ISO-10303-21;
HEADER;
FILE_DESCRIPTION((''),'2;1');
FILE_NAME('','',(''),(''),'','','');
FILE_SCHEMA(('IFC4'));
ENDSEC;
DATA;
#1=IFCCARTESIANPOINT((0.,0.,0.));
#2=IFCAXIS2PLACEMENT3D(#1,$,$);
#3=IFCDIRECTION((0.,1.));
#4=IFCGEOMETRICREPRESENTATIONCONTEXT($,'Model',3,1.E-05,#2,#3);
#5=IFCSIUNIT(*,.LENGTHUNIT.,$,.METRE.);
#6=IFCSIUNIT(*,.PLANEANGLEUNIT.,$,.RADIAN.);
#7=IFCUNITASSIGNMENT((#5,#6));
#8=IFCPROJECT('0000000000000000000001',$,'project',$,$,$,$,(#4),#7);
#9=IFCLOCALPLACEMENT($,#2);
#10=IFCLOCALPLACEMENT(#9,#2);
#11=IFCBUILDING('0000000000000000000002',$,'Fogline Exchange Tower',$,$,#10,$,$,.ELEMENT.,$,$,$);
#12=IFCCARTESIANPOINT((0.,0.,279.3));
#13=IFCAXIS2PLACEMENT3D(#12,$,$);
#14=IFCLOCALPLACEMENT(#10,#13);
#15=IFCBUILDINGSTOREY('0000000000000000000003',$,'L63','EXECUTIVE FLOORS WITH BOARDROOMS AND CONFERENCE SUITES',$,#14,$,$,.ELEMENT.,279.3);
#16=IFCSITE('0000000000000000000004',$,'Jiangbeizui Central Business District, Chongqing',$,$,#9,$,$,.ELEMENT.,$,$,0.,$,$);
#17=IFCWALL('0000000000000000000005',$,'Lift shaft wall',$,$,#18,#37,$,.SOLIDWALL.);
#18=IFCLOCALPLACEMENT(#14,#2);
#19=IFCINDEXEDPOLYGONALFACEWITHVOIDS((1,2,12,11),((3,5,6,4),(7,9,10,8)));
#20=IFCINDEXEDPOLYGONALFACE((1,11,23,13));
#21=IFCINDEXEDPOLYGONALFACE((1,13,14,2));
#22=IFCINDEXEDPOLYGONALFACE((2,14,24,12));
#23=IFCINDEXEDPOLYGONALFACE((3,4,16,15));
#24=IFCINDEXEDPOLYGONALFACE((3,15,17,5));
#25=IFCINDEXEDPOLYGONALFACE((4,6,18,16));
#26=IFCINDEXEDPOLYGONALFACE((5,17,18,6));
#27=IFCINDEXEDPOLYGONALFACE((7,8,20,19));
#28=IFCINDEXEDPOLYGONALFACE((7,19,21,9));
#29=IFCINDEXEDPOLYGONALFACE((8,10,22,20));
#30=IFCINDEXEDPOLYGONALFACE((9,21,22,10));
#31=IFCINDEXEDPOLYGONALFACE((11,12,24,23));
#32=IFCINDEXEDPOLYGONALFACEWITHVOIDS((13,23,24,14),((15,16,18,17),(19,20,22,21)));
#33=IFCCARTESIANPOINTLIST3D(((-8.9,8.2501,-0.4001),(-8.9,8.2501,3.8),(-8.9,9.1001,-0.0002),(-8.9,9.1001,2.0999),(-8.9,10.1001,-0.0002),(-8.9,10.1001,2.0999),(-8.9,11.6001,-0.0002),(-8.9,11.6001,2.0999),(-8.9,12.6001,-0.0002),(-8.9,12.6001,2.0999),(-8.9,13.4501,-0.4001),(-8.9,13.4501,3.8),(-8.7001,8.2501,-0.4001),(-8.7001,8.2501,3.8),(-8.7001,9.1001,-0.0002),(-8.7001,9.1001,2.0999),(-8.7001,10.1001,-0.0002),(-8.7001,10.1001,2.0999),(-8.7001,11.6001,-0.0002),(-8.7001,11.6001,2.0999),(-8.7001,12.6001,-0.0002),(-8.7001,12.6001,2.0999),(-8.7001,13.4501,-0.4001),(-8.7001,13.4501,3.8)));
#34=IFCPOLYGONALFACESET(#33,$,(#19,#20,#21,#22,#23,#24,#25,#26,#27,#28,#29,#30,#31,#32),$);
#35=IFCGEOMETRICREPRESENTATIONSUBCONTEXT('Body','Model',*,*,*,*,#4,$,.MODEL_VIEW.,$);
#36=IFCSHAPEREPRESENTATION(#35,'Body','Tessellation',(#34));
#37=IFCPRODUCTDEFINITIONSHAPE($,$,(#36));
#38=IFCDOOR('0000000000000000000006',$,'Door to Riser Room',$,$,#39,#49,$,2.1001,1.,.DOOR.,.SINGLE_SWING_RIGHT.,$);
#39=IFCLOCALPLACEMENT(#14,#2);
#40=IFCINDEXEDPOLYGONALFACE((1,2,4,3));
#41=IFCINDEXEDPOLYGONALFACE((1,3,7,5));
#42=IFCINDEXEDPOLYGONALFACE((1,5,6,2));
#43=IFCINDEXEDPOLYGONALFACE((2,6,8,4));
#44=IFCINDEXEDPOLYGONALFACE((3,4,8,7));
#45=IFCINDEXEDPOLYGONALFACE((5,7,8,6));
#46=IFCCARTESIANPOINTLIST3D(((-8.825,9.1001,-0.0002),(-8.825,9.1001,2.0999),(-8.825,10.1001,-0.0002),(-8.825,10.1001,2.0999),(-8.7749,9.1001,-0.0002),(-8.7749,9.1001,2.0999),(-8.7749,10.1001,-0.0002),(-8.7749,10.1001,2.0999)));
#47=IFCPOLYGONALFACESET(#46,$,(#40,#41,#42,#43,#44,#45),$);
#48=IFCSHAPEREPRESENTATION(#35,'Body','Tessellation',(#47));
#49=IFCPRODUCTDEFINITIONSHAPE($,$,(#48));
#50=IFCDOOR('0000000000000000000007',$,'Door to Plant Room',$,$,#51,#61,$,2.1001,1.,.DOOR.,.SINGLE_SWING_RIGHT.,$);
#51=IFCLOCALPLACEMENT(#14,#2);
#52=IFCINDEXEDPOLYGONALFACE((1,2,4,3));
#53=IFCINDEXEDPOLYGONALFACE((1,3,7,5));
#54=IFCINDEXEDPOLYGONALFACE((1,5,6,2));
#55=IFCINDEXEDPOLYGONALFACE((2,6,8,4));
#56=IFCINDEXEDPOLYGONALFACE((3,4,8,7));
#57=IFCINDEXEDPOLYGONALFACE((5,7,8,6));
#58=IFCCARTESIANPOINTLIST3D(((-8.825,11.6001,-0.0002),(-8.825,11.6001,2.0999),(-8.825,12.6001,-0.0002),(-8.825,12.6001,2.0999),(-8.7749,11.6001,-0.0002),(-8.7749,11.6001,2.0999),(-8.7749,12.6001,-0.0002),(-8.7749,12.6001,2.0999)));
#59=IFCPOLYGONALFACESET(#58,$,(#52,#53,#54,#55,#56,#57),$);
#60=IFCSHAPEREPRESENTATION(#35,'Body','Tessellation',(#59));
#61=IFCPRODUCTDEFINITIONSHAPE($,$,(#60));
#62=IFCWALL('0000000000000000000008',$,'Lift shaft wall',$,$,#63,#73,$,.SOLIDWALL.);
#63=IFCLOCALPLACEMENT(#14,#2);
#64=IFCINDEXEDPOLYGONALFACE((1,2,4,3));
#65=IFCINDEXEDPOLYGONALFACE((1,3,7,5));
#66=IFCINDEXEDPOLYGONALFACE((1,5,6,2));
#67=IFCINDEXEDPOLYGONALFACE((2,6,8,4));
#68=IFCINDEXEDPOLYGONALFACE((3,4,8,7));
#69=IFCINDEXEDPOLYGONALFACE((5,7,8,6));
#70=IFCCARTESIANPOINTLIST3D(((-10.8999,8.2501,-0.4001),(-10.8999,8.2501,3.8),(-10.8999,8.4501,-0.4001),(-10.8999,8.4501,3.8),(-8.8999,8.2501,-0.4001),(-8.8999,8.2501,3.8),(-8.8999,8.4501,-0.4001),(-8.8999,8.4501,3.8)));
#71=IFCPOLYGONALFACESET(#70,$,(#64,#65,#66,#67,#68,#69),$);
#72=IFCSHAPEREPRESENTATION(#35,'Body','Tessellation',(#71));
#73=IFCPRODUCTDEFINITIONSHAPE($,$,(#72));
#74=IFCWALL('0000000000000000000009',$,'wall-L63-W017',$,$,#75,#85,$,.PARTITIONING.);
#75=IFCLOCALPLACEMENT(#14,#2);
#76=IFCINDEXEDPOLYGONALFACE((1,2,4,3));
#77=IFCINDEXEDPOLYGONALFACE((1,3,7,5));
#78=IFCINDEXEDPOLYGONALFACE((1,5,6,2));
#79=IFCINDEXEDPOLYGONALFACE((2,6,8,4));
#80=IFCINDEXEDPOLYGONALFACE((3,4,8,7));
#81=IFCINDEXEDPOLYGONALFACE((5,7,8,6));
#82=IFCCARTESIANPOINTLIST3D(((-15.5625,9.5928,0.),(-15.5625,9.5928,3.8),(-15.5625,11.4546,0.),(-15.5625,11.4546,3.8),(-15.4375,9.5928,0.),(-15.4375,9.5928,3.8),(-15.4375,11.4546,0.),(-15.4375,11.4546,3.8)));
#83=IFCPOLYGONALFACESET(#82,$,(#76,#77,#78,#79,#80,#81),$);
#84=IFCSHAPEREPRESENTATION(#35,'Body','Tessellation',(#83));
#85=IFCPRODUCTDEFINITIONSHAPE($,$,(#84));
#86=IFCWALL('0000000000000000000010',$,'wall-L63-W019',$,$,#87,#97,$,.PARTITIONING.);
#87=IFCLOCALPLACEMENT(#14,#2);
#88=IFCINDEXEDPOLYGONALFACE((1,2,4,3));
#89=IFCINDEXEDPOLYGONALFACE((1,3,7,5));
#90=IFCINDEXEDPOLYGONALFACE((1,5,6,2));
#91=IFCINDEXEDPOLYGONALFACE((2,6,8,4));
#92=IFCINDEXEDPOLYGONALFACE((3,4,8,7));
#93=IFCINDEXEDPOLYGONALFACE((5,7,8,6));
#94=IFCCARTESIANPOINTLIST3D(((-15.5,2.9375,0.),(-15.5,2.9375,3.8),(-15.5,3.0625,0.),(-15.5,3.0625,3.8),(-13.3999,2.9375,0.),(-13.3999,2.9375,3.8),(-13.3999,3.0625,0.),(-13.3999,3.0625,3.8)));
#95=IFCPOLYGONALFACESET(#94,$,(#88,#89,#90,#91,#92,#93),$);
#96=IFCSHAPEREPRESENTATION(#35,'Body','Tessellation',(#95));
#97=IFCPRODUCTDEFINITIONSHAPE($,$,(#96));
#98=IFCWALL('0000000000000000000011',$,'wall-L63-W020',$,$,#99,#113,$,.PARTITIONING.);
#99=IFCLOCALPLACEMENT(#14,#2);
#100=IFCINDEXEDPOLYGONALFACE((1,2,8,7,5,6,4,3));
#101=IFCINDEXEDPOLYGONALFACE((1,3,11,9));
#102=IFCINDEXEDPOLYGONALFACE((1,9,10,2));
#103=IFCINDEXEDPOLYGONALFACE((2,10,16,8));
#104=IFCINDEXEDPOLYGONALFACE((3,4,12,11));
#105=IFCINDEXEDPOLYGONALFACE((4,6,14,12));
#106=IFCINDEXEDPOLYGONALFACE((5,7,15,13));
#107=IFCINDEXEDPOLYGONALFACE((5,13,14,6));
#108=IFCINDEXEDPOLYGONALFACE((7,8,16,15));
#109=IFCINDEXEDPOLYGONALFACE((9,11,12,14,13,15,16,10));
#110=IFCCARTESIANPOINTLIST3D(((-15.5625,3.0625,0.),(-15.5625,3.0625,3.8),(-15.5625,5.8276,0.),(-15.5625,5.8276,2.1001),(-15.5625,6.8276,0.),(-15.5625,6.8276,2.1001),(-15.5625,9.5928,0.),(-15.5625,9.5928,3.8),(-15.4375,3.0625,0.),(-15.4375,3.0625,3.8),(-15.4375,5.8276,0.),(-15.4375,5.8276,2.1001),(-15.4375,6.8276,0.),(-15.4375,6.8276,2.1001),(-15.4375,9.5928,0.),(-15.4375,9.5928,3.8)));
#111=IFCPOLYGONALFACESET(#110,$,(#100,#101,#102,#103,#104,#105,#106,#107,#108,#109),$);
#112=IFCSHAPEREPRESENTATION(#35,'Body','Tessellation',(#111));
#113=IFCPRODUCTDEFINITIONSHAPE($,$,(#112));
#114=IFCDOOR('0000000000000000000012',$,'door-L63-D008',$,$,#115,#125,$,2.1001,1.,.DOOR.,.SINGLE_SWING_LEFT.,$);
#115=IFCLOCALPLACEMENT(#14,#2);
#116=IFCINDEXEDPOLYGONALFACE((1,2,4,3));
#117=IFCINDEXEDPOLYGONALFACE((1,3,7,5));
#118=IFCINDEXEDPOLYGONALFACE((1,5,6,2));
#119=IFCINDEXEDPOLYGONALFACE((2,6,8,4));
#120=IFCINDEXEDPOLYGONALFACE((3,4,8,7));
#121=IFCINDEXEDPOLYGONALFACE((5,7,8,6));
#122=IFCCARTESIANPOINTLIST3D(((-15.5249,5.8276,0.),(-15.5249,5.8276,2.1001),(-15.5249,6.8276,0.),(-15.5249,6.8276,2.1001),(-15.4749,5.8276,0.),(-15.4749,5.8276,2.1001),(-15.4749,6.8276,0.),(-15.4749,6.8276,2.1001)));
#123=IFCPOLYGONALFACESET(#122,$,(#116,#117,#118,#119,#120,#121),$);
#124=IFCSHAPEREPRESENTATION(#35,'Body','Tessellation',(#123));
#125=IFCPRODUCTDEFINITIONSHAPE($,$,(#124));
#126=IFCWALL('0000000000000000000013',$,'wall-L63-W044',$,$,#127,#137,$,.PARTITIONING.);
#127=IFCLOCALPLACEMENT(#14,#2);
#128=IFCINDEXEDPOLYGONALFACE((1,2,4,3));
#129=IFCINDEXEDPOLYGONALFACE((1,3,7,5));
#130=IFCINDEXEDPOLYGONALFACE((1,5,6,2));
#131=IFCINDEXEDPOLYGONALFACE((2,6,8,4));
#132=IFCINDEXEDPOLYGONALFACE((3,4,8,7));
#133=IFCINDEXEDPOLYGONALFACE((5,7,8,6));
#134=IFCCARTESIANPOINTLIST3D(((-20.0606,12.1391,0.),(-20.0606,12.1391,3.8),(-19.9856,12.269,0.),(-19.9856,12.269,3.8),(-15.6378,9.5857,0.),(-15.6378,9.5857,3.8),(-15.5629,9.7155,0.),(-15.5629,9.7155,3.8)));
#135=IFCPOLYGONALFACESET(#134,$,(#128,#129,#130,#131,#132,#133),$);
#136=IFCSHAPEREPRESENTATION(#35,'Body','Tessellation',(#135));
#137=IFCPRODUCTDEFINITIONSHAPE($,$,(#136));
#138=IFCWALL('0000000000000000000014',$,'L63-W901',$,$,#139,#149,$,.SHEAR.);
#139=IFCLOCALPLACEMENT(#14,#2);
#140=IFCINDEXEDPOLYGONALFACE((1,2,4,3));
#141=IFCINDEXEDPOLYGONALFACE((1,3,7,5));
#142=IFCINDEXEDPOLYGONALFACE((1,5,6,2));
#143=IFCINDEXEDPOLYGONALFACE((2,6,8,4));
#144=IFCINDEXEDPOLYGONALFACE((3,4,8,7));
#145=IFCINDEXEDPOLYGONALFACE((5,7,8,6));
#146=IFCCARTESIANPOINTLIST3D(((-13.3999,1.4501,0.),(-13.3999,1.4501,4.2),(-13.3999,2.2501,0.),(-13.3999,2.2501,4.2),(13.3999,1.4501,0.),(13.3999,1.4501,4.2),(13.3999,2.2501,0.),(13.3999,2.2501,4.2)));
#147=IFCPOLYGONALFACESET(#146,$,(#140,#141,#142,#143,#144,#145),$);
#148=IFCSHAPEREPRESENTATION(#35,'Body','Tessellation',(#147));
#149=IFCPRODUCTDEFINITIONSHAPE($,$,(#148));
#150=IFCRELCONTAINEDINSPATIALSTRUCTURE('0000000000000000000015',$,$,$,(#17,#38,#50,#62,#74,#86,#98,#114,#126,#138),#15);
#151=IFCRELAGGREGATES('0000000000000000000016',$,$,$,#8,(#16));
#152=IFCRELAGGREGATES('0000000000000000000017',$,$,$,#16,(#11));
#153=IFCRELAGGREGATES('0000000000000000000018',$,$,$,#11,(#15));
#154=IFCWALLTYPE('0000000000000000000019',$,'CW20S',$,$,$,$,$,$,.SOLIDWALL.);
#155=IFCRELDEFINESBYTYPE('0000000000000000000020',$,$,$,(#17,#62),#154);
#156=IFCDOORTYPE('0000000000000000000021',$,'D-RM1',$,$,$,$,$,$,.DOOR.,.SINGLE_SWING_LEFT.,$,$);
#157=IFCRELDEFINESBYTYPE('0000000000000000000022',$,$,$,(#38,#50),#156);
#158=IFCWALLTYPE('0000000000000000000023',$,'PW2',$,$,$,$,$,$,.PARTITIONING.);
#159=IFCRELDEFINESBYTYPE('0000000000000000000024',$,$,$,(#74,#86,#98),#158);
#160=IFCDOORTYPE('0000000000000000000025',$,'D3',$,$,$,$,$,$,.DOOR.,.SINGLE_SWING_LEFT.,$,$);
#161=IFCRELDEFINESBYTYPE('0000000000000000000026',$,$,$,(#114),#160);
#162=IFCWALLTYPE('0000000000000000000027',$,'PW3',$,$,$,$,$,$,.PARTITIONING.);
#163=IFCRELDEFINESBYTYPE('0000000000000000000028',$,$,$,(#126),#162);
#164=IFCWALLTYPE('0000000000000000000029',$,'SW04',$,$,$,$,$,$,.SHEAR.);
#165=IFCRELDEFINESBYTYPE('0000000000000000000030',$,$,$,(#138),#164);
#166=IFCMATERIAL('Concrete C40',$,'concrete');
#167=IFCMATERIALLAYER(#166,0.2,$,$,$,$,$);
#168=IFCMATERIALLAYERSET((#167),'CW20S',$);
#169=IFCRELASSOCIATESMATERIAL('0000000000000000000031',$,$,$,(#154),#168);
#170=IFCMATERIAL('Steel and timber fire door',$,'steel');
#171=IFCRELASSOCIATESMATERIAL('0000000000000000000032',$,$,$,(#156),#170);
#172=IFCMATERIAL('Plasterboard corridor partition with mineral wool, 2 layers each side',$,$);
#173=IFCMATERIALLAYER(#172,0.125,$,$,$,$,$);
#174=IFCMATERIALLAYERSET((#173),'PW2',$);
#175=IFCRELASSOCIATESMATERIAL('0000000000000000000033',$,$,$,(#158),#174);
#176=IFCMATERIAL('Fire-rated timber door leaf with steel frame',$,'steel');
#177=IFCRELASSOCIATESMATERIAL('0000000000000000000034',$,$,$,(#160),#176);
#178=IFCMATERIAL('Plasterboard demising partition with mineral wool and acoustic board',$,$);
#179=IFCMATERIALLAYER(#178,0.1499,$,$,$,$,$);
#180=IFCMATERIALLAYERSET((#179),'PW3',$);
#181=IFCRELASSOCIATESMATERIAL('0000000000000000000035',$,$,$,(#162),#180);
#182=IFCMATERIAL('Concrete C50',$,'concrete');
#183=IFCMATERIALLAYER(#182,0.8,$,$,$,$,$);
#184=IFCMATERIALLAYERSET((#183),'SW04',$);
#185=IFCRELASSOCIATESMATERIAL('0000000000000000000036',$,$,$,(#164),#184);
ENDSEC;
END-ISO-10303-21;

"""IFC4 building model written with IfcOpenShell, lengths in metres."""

from ifc_helpers import new_model, si_unit, direction, frame, frame_2d, origin, place, context, subcontext, project, spatial, rectangle, extrude, material, layer, layer_set, type_object, element, fill, save


model = new_model("IFC4")

# Units and contexts
model_context = context("Model", 3, precision=1e-05, world=origin(), true_north=direction((0.0, 1.0)))
body_context = subcontext(model_context, "Body", "Model", "MODEL_VIEW")
ifc_project = project(units=[si_unit("LENGTHUNIT", "METRE"), si_unit("PLANEANGLEUNIT", "RADIAN")], contexts=[model_context])

# Site, building, storey
site_placement = place(None, origin())
site = spatial("IfcSite", under=ifc_project, at=site_placement, Name="Jiangbeizui Central Business District, Chongqing", CompositionType="ELEMENT", RefElevation=0.0)
building_placement = place(site_placement, origin())
building = spatial("IfcBuilding", under=site, at=building_placement, Name="Fogline Exchange Tower", CompositionType="ELEMENT")
storey_placement = place(building_placement, frame((0.0, 0.0, 279.3)))
storey = spatial("IfcBuildingStorey", under=building, at=storey_placement, Name="L63", Description="EXECUTIVE FLOORS WITH BOARDROOMS AND CONFERENCE SUITES", CompositionType="ELEMENT", Elevation=279.3)

# Shared definitions
ifc_material_1 = material(Name="Concrete C40", Category="concrete")

# Shared definitions
ifc_material_2 = material(Name="Steel and timber fire door", Category="steel")

# Wall, openings, doors
ifc_layer_1 = layer(ifc_material_1, 0.2)
ifc_layer_set_1 = layer_set([ifc_layer_1], Name="CW20S")
wall_type_1 = type_object("IfcWallType", Name="CW20S", PredefinedType="SOLIDWALL", material=ifc_layer_set_1)
wall_1_placement = place(storey_placement, frame((-8.8, 8.25, -0.4001), z_axis=(0.0, 0.0, 1.0), x_axis=(0.0, 1.0, 0.0)))
wall_1 = element("IfcWall", 1, at=wall_1_placement, inside=storey, type_object=wall_type_1, Name="Lift shaft wall", PredefinedType="SOLIDWALL", context=body_context, shape_type="SweptSolid", body=[
    extrude(rectangle(XDim=5.2, YDim=0.2, at=frame_2d((2.6001, 0.0))), origin(), (0.0, 0.0, 1.0), 4.2002),
])
opening_1_placement = place(wall_1_placement, frame((0.8501, 0.0, 0.3999)))
opening_1 = element("IfcOpeningElement", 2, at=opening_1_placement, cuts=wall_1, PredefinedType="OPENING", context=body_context, shape_type="SweptSolid", body=[
    extrude(rectangle(XDim=1.0, YDim=2.1001, at=frame_2d((0.5, 1.05))), frame((0.0, 0.1099, 0.0), z_axis=(0.0, -1.0, 0.0), x_axis=(1.0, 0.0, 0.0)), (0.0, 0.0, 1.0), 0.22),
])
opening_2_placement = place(wall_1_placement, frame((3.3501, 0.0, 0.3999)))
opening_2 = element("IfcOpeningElement", 3, at=opening_2_placement, cuts=wall_1, PredefinedType="OPENING", context=body_context, shape_type="SweptSolid", body=[
    extrude(rectangle(XDim=1.0, YDim=2.1001, at=frame_2d((0.5, 1.05))), frame((0.0, 0.1099, 0.0), z_axis=(0.0, -1.0, 0.0), x_axis=(1.0, 0.0, 0.0)), (0.0, 0.0, 1.0), 0.22),
])
door_type_1 = type_object("IfcDoorType", Name="D-RM1", OperationType="SINGLE_SWING_LEFT", PredefinedType="DOOR", material=ifc_material_2)
door_1_placement = place(opening_1_placement, origin())
door_1 = element("IfcDoor", 4, at=door_1_placement, inside=storey, type_object=door_type_1, Name="Door to Riser Room", OperationType="SINGLE_SWING_RIGHT", OverallHeight=2.1001, OverallWidth=1.0, PredefinedType="DOOR", context=body_context, shape_type="SweptSolid", body=[
    extrude(rectangle(XDim=1.0, YDim=2.1001, at=frame_2d((0.5, 1.05))), frame((0.0, 0.0249, 0.0), z_axis=(0.0, -1.0, 0.0), x_axis=(1.0, 0.0, 0.0)), (0.0, 0.0, 1.0), 0.05),
])
fill(opening_1, door_1)
door_2_placement = place(opening_2_placement, origin())
door_2 = element("IfcDoor", 5, at=door_2_placement, inside=storey, type_object=door_type_1, Name="Door to Plant Room", OperationType="SINGLE_SWING_RIGHT", OverallHeight=2.1001, OverallWidth=1.0, PredefinedType="DOOR", context=body_context, shape_type="SweptSolid", body=[
    extrude(rectangle(XDim=1.0, YDim=2.1001, at=frame_2d((0.5, 1.05))), frame((0.0, 0.0249, 0.0), z_axis=(0.0, -1.0, 0.0), x_axis=(1.0, 0.0, 0.0)), (0.0, 0.0, 1.0), 0.05),
])
fill(opening_2, door_2)

# Walls
wall_2_placement = place(storey_placement, frame((-10.8999, 8.3501, -0.4001), z_axis=(0.0, 0.0, 1.0), x_axis=(1.0, 0.0, 0.0)))
element("IfcWall", 6, at=wall_2_placement, inside=storey, type_object=wall_type_1, Name="Lift shaft wall", PredefinedType="SOLIDWALL", context=body_context, shape_type="SweptSolid", body=[
    extrude(rectangle(XDim=2.0, YDim=0.2, at=frame_2d((1.0, 0.0))), origin(), (0.0, 0.0, 1.0), 4.2002),
])
ifc_material_3 = material(Name="Plasterboard corridor partition with mineral wool, 2 layers each side")
ifc_layer_2 = layer(ifc_material_3, 0.125)
ifc_layer_set_2 = layer_set([ifc_layer_2], Name="PW2")
wall_type_2 = type_object("IfcWallType", Name="PW2", PredefinedType="PARTITIONING", material=ifc_layer_set_2)
wall_3_placement = place(storey_placement, frame((-15.5, 9.5928, 0.0), z_axis=(0.0, 0.0, 1.0), x_axis=(0.0, 1.0, 0.0)))
element("IfcWall", 7, at=wall_3_placement, inside=storey, type_object=wall_type_2, Name="wall-L63-W017", PredefinedType="PARTITIONING", context=body_context, shape_type="SweptSolid", body=[
    extrude(rectangle(XDim=1.8618, YDim=0.125, at=frame_2d((0.9309, 0.0))), origin(), (0.0, 0.0, 1.0), 3.8),
])
wall_4_placement = place(storey_placement, frame((-13.3999, 3.0, 0.0), z_axis=(0.0, 0.0, 1.0), x_axis=(-1.0, 0.0, 0.0)))
element("IfcWall", 8, at=wall_4_placement, inside=storey, type_object=wall_type_2, Name="wall-L63-W019", PredefinedType="PARTITIONING", context=body_context, shape_type="SweptSolid", body=[
    extrude(rectangle(XDim=2.1001, YDim=0.125, at=frame_2d((1.05, 0.0))), origin(), (0.0, 0.0, 1.0), 3.8),
])

# Wall, opening, door
wall_5_placement = place(storey_placement, frame((-15.5, 3.0625, 0.0), z_axis=(0.0, 0.0, 1.0), x_axis=(0.0, 1.0, 0.0)))
wall_5 = element("IfcWall", 9, at=wall_5_placement, inside=storey, type_object=wall_type_2, Name="wall-L63-W020", PredefinedType="PARTITIONING", context=body_context, shape_type="SweptSolid", body=[
    extrude(rectangle(XDim=6.5303, YDim=0.125, at=frame_2d((3.2651, 0.0))), origin(), (0.0, 0.0, 1.0), 3.8),
])
opening_3_placement = place(wall_5_placement, frame((2.7651, 0.0, 0.0)))
opening_3 = element("IfcOpeningElement", 10, at=opening_3_placement, cuts=wall_5, PredefinedType="OPENING", context=body_context, shape_type="SweptSolid", body=[
    extrude(rectangle(XDim=1.0, YDim=2.1001, at=frame_2d((0.5, 1.05))), frame((0.0, 0.0725, 0.0), z_axis=(0.0, -1.0, 0.0), x_axis=(1.0, 0.0, 0.0)), (0.0, 0.0, 1.0), 0.145),
])
ifc_material_4 = material(Name="Fire-rated timber door leaf with steel frame", Category="steel")
door_type_2 = type_object("IfcDoorType", Name="D3", OperationType="SINGLE_SWING_LEFT", PredefinedType="DOOR", material=ifc_material_4)
door_3_placement = place(opening_3_placement, origin())
door_3 = element("IfcDoor", 11, at=door_3_placement, inside=storey, type_object=door_type_2, Name="door-L63-D008", OperationType="SINGLE_SWING_LEFT", OverallHeight=2.1001, OverallWidth=1.0, PredefinedType="DOOR", context=body_context, shape_type="SweptSolid", body=[
    extrude(rectangle(XDim=1.0, YDim=2.1001, at=frame_2d((0.5, 1.05))), frame((0.0, 0.0249, 0.0), z_axis=(0.0, -1.0, 0.0), x_axis=(1.0, 0.0, 0.0)), (0.0, 0.0, 1.0), 0.05),
])
fill(opening_3, door_3)

# Walls
ifc_material_5 = material(Name="Plasterboard demising partition with mineral wool and acoustic board")
ifc_layer_3 = layer(ifc_material_5, 0.1499)
ifc_layer_set_3 = layer_set([ifc_layer_3], Name="PW3")
wall_type_3 = type_object("IfcWallType", Name="PW3", PredefinedType="PARTITIONING", material=ifc_layer_set_3)
wall_6_placement = place(storey_placement, frame((-15.6003, 9.6506, 0.0), z_axis=(0.0, 0.0, 1.0), x_axis=(-0.866031, 0.49999, 0.0)))
element("IfcWall", 12, at=wall_6_placement, inside=storey, type_object=wall_type_3, Name="wall-L63-W044", PredefinedType="PARTITIONING", context=body_context, shape_type="SweptSolid", body=[
    extrude(rectangle(XDim=5.1069, YDim=0.1499, at=frame_2d((2.5535, 0.0))), origin(), (0.0, 0.0, 1.0), 3.8),
])
ifc_material_6 = material(Name="Concrete C50", Category="concrete")
ifc_layer_4 = layer(ifc_material_6, 0.8)
ifc_layer_set_4 = layer_set([ifc_layer_4], Name="SW04")
wall_type_4 = type_object("IfcWallType", Name="SW04", PredefinedType="SHEAR", material=ifc_layer_set_4)
wall_7_placement = place(storey_placement, frame((-13.3999, 1.8501, 0.0), z_axis=(0.0, 0.0, 1.0), x_axis=(1.0, 0.0, 0.0)))
element("IfcWall", 13, at=wall_7_placement, inside=storey, type_object=wall_type_4, Name="L63-W901", PredefinedType="SHEAR", context=body_context, shape_type="SweptSolid", body=[
    extrude(rectangle(XDim=26.7998, YDim=0.8, at=frame_2d((13.3999, 0.0))), origin(), (0.0, 0.0, 1.0), 4.2),
])

save(model, "model.ifc")
